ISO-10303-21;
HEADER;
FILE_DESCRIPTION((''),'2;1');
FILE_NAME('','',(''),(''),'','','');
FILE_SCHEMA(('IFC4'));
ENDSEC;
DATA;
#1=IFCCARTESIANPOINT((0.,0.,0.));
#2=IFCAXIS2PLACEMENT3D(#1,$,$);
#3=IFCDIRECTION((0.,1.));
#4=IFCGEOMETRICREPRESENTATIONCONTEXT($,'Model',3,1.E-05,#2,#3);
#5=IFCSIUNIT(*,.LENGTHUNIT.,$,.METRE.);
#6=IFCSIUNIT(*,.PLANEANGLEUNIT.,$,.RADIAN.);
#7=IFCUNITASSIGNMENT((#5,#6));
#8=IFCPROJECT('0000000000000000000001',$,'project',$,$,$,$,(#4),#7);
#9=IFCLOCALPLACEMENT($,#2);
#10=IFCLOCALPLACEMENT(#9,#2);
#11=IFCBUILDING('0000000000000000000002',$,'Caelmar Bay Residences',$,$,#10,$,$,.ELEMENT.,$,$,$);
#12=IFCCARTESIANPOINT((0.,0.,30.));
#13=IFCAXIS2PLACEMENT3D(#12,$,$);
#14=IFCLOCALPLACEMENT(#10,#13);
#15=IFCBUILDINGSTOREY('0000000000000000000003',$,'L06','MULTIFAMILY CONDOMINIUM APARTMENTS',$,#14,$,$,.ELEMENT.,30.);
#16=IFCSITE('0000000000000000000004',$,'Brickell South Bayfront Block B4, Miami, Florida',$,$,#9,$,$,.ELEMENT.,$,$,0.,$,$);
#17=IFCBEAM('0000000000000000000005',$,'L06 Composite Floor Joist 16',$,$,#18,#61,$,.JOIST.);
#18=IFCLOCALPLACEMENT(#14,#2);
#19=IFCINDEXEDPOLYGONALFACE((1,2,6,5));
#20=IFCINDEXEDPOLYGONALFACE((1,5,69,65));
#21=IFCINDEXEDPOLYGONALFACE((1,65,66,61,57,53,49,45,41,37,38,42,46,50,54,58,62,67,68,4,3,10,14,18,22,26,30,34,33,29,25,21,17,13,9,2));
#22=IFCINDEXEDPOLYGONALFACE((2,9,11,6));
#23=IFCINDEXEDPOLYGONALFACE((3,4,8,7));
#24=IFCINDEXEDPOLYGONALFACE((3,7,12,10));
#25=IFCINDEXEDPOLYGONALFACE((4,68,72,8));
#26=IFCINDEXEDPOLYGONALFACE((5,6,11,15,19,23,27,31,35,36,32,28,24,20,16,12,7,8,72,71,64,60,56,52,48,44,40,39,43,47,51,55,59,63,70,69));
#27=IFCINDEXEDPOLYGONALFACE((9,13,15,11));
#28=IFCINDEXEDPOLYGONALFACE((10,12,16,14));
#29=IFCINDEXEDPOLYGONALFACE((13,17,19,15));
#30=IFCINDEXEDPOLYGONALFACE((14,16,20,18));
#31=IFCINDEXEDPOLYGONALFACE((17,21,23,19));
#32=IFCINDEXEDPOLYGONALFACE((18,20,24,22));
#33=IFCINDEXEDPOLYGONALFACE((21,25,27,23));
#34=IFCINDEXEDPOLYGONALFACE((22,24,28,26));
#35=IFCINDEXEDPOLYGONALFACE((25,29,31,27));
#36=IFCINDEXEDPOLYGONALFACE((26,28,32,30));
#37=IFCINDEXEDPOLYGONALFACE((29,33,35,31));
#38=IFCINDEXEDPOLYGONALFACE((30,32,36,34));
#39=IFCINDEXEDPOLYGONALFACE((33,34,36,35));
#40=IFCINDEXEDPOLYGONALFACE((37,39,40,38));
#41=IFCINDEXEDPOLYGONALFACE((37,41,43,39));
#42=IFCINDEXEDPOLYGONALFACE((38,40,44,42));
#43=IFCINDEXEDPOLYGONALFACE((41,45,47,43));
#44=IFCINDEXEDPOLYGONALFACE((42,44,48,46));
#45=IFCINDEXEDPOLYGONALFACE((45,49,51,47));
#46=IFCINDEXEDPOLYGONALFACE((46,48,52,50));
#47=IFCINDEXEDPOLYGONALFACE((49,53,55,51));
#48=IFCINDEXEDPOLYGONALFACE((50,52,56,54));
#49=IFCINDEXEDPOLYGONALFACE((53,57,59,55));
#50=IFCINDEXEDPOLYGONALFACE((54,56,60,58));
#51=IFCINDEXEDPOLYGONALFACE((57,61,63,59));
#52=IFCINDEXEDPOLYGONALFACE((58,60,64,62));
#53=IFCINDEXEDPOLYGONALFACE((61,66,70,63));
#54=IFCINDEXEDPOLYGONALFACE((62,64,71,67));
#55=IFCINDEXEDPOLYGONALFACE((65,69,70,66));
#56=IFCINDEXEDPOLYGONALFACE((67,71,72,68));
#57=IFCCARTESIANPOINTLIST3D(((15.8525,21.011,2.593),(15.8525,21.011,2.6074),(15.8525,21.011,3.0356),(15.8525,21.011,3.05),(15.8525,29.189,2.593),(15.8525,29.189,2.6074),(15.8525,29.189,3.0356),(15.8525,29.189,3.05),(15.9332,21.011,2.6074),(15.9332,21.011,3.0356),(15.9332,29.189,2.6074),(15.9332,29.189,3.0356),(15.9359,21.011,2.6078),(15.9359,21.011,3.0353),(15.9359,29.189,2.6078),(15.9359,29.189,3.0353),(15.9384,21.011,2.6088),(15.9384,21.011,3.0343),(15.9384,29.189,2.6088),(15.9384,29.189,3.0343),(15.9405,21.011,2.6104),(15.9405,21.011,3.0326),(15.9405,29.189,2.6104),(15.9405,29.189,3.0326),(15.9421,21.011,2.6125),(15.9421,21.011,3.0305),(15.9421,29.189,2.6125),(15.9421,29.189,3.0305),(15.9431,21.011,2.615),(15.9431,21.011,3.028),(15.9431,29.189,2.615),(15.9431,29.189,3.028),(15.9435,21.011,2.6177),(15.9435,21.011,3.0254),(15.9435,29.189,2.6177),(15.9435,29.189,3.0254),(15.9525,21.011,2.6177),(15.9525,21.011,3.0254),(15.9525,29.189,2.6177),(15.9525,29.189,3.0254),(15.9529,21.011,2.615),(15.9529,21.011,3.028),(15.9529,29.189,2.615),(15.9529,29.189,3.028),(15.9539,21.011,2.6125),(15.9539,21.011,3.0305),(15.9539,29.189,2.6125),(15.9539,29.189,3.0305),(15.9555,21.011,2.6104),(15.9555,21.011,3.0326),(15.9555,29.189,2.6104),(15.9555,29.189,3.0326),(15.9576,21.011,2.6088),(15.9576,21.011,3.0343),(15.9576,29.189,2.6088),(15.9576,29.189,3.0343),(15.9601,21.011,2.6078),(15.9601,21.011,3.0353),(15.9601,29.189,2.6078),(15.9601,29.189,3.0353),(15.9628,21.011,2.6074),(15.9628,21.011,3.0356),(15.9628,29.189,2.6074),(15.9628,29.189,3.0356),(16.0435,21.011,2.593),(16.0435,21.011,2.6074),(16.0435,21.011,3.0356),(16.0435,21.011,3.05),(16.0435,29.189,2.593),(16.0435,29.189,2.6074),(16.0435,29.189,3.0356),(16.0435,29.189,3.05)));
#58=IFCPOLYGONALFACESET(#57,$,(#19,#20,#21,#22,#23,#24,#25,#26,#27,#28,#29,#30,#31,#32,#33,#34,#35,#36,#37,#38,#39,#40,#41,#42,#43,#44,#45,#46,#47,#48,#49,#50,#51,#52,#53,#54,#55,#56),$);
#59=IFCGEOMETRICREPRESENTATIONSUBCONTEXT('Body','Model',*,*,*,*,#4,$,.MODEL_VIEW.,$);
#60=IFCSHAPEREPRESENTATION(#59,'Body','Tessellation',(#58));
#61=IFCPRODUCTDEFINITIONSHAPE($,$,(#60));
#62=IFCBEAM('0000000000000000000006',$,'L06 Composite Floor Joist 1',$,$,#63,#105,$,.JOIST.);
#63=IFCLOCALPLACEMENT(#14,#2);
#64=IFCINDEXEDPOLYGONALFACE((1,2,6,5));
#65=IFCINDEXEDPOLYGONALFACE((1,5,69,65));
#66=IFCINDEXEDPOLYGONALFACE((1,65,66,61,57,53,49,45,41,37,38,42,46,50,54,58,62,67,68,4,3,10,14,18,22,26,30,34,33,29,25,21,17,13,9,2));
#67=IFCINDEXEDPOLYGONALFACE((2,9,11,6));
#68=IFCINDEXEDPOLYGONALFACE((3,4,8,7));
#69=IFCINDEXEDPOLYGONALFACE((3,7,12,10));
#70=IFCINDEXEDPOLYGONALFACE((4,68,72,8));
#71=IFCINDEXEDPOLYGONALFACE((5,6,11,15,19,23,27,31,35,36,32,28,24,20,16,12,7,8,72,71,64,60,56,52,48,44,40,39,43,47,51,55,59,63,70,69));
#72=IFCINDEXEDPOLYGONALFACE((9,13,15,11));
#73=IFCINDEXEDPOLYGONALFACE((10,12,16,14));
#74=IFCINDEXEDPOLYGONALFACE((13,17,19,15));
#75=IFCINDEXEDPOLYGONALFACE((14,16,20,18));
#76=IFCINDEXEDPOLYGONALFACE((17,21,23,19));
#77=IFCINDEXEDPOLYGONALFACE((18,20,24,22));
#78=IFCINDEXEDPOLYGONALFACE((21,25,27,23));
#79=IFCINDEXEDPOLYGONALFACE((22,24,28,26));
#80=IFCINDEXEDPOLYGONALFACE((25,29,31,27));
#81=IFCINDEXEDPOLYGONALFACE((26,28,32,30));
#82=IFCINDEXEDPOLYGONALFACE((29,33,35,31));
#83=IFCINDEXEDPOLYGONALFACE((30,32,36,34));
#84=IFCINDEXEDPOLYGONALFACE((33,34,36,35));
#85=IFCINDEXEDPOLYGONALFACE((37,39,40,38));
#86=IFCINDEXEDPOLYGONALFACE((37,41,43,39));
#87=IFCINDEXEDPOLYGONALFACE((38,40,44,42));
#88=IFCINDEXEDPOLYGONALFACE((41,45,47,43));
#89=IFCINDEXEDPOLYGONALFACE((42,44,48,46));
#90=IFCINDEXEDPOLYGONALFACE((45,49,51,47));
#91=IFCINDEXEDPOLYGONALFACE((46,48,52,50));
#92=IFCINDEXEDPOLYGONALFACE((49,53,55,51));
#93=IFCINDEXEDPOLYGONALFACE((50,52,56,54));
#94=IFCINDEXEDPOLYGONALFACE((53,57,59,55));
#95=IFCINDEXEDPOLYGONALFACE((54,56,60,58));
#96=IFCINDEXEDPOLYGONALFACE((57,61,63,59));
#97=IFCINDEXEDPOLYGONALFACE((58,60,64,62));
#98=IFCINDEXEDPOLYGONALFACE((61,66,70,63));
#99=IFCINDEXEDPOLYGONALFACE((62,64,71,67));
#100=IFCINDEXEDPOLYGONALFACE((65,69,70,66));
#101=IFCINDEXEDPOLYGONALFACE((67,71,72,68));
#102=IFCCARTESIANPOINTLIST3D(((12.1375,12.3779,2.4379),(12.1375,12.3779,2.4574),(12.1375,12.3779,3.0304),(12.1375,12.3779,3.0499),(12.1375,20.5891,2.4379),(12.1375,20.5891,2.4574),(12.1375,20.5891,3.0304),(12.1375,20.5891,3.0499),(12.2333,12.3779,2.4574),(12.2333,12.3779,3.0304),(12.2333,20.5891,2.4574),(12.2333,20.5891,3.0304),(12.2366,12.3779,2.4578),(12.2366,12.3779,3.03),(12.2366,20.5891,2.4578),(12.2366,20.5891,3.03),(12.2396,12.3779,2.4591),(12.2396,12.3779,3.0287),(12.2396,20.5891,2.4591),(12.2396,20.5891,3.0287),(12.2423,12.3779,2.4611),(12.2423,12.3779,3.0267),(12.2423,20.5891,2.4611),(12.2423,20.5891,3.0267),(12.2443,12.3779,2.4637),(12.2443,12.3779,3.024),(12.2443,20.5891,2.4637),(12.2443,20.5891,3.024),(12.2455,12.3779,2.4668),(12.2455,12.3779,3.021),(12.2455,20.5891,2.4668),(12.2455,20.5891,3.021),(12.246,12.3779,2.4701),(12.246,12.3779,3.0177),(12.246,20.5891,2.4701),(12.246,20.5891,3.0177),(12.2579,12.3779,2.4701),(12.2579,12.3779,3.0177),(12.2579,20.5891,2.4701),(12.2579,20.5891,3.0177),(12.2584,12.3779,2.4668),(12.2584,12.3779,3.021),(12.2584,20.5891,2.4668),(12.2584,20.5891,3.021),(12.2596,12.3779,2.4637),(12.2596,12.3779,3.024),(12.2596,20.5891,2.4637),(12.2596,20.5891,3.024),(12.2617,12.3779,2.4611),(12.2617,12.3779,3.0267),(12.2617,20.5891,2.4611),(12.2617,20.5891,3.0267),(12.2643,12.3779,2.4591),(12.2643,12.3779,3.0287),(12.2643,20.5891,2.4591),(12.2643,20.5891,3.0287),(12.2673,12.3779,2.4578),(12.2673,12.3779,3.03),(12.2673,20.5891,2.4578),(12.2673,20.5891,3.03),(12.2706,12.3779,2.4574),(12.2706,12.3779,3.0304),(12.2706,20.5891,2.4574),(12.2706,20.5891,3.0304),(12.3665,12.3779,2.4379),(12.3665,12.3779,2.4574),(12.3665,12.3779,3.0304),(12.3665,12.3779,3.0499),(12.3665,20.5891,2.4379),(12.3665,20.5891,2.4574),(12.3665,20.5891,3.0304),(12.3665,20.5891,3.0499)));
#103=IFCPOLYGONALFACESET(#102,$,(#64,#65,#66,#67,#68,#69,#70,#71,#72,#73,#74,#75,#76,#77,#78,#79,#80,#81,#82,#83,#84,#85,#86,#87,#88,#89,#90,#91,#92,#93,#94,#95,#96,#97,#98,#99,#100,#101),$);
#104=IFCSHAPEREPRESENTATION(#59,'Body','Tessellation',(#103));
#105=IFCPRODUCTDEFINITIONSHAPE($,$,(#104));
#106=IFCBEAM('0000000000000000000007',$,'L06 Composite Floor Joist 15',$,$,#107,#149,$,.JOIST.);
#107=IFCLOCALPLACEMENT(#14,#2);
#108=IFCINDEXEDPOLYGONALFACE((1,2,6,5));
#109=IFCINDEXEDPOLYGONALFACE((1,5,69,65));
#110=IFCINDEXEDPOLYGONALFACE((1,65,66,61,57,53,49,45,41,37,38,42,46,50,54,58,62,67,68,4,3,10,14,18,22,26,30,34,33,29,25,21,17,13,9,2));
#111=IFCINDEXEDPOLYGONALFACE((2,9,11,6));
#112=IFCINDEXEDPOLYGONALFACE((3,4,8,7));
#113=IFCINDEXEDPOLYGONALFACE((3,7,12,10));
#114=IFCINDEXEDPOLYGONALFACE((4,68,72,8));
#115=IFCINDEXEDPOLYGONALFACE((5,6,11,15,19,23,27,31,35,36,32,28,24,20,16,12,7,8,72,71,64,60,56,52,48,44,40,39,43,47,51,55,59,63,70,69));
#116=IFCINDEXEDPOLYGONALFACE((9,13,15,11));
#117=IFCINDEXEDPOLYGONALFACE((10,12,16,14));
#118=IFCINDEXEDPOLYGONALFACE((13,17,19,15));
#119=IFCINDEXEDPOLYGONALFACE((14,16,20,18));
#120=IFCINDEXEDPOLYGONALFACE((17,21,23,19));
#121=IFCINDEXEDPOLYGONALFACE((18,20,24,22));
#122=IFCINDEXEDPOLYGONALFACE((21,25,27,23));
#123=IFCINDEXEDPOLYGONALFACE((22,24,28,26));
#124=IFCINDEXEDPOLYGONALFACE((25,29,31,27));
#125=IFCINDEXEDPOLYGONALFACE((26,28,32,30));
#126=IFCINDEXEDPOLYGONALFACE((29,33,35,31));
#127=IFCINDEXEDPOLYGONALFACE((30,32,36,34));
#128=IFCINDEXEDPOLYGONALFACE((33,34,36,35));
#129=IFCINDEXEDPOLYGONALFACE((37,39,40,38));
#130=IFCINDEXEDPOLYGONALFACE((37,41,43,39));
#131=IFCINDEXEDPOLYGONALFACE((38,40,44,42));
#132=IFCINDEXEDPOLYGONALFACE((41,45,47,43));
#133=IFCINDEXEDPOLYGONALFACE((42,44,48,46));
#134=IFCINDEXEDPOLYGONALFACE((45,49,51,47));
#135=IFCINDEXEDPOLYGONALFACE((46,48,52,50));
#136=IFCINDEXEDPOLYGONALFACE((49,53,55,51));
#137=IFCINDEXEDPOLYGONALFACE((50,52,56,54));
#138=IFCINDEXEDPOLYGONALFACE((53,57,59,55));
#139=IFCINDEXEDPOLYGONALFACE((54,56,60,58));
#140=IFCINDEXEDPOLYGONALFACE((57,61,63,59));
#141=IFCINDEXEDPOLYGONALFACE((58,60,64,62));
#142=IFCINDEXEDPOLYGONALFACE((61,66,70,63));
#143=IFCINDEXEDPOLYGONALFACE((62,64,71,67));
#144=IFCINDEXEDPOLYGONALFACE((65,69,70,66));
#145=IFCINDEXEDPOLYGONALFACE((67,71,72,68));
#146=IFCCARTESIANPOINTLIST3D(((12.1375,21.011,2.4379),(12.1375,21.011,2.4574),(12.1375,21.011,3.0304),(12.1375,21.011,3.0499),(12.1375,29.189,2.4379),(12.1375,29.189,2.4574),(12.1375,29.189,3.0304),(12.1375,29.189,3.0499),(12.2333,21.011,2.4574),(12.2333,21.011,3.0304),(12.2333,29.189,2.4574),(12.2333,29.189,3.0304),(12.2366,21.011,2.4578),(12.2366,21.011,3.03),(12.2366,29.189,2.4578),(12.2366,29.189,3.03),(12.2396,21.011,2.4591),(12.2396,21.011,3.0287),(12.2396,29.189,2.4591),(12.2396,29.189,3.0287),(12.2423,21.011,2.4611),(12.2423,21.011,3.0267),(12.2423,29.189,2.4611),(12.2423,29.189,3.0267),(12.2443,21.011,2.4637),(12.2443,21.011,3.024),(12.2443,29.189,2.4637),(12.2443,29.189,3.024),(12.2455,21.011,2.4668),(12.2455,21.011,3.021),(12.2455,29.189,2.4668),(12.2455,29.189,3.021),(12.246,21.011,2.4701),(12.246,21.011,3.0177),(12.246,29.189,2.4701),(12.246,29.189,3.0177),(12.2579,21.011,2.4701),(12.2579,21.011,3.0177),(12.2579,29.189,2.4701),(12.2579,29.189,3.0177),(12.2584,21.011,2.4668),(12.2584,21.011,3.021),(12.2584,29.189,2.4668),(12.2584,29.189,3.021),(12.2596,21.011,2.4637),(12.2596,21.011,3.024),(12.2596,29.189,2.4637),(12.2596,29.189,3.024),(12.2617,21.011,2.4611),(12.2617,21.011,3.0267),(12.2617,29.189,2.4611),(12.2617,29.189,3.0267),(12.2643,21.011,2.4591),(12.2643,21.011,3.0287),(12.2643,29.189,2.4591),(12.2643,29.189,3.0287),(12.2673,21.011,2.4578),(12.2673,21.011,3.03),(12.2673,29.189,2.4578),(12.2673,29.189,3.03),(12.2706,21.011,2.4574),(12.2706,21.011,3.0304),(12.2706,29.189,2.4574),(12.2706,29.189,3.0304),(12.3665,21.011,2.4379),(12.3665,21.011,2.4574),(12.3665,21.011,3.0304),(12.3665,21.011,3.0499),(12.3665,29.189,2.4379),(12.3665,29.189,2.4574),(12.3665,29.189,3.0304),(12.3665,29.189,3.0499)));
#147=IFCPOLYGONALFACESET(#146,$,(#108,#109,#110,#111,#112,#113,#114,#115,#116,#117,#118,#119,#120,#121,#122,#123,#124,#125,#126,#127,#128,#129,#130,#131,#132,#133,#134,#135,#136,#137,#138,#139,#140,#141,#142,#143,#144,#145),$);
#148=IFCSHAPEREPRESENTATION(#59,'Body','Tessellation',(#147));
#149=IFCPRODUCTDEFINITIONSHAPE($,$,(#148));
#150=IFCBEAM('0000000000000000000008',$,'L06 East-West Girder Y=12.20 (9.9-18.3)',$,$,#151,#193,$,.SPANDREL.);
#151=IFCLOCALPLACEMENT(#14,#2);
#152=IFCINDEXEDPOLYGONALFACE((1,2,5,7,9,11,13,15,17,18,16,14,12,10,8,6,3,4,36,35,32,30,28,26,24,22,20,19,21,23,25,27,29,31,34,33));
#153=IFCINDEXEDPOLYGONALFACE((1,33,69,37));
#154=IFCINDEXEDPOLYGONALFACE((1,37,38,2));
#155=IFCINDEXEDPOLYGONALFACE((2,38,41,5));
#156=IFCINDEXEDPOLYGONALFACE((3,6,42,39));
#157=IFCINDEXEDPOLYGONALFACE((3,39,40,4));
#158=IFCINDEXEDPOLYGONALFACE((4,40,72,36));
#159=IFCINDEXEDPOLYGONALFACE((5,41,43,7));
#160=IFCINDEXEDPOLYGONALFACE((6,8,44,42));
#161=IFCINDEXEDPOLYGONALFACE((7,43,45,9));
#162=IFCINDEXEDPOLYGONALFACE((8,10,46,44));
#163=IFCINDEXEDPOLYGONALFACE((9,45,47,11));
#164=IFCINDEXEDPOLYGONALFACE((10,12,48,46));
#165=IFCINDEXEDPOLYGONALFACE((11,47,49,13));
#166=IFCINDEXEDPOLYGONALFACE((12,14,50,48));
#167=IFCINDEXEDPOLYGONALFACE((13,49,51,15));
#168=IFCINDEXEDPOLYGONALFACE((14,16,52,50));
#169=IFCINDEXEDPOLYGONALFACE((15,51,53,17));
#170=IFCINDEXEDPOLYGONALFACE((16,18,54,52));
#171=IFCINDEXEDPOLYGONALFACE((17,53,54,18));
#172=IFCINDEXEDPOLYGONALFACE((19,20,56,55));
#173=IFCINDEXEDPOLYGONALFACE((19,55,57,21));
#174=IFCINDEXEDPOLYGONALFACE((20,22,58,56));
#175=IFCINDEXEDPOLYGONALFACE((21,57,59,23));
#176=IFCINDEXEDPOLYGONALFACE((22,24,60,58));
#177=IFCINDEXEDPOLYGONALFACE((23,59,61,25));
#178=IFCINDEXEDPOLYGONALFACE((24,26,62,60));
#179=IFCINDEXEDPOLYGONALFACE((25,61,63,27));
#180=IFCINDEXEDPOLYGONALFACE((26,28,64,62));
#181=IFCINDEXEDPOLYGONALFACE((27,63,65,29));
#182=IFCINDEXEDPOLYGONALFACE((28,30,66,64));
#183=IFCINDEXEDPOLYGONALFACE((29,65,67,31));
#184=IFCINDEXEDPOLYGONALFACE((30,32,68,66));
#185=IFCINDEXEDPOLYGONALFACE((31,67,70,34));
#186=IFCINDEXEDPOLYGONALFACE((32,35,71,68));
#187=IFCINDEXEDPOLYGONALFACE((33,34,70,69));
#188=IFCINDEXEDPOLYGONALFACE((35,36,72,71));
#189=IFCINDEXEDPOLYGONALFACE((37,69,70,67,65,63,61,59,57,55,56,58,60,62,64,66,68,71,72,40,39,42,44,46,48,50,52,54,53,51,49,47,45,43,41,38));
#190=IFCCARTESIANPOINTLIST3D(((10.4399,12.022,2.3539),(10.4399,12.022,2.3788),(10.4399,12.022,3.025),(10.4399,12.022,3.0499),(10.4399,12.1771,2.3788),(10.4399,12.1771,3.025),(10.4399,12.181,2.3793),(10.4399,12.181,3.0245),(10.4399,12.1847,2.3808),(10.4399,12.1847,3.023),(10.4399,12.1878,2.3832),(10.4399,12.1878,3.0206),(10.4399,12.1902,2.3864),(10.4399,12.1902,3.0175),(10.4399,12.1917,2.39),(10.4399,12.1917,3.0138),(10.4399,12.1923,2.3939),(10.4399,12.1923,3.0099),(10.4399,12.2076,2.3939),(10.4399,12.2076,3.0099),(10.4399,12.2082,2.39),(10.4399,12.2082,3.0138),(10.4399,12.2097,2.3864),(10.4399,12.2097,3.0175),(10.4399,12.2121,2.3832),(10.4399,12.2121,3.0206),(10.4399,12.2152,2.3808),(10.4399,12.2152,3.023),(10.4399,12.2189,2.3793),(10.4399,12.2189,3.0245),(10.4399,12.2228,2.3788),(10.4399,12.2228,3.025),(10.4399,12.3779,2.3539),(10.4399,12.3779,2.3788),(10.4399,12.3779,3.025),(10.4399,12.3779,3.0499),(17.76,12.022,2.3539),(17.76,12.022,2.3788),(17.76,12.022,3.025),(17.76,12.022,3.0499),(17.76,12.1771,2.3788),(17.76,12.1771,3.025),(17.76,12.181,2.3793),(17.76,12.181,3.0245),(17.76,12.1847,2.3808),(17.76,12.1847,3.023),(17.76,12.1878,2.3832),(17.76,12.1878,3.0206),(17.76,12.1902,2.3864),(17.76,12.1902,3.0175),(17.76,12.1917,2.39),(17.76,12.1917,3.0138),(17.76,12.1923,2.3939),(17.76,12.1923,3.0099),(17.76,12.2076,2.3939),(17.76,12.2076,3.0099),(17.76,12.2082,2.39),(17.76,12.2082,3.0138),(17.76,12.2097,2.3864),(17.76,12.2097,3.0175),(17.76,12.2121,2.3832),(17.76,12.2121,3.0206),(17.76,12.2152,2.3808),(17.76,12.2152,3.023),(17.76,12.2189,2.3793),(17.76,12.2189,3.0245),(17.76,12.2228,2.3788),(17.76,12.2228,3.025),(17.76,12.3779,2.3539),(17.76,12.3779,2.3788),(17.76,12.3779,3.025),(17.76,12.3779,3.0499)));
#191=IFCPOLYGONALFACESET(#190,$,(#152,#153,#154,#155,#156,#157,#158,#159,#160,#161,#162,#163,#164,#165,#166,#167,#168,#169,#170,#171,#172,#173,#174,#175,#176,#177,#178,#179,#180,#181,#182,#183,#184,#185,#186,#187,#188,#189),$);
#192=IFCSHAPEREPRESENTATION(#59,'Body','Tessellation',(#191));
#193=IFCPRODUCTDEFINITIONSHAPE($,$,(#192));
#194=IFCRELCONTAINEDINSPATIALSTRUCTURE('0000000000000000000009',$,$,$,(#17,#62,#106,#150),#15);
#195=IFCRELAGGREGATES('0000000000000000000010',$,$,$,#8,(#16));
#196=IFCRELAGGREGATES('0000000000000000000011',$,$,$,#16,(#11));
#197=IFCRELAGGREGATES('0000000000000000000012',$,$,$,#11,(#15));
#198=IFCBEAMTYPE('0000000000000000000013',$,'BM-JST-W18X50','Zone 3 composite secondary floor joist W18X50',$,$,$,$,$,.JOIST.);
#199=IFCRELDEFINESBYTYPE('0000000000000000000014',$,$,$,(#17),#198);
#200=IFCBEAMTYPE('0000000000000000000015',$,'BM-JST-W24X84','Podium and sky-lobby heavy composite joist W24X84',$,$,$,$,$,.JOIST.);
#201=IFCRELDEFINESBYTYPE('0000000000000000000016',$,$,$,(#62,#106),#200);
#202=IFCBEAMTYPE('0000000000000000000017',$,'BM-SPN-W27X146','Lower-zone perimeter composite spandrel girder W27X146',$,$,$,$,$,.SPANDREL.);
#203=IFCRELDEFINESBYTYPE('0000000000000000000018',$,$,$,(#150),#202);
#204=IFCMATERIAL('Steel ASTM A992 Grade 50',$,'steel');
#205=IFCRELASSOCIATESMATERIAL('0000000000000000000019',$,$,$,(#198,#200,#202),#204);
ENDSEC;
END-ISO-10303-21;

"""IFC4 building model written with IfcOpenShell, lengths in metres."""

from ifc_helpers import new_model, si_unit, direction, frame, origin, origin_2d, place, context, subcontext, project, spatial, i_section, extrude, material, material_profile, profile_set, type_object, element, save


model = new_model("IFC4")

# Units and contexts
model_context = context("Model", 3, precision=1e-05, world=origin(), true_north=direction((0.0, 1.0)))
body_context = subcontext(model_context, "Body", "Model", "MODEL_VIEW")
ifc_project = project(units=[si_unit("LENGTHUNIT", "METRE"), si_unit("PLANEANGLEUNIT", "RADIAN")], contexts=[model_context])

# Site, building, storey
site_placement = place(None, origin())
site = spatial("IfcSite", under=ifc_project, at=site_placement, Name="Brickell South Bayfront Block B4, Miami, Florida", CompositionType="ELEMENT", RefElevation=0.0)
building_placement = place(site_placement, origin())
building = spatial("IfcBuilding", under=site, at=building_placement, Name="Caelmar Bay Residences", CompositionType="ELEMENT")
storey_placement = place(building_placement, frame((0.0, 0.0, 30.0)))
storey = spatial("IfcBuildingStorey", under=building, at=storey_placement, Name="L06", Description="MULTIFAMILY CONDOMINIUM APARTMENTS", CompositionType="ELEMENT", Elevation=30.0)

# Beams
ifc_material_1 = material(Name="Steel ASTM A992 Grade 50", Category="steel")
ifc_material_profile_1 = material_profile(ifc_material_1, i_section(OverallWidth=0.1909, OverallDepth=0.457, WebThickness=0.009, FlangeThickness=0.0144, FilletRadius=0.0103, at=origin_2d()), Name="W18X50")
ifc_profile_set_1 = profile_set([ifc_material_profile_1], Name="Steel ASTM A992 Grade 50")
beam_type_1 = type_object("IfcBeamType", Name="BM-JST-W18X50", Description="Zone 3 composite secondary floor joist W18X50", PredefinedType="JOIST", material=ifc_profile_set_1)
beam_1_placement = place(storey_placement, frame((15.948, 21.011, 2.8215), z_axis=(0.0, 1.0, 0.0), x_axis=(-1.0, 0.0, 0.0)))
element("IfcBeam", 1, at=beam_1_placement, inside=storey, type_object=beam_type_1, Name="L06 Composite Floor Joist 16", PredefinedType="JOIST", context=body_context, shape_type="SweptSolid", body=[
    extrude(i_section(OverallWidth=0.1909, OverallDepth=0.457, WebThickness=0.009, FlangeThickness=0.0144, FilletRadius=0.0103, at=origin_2d()), origin(), (0.0, 0.0, 1.0), 8.178),
])
ifc_material_profile_2 = material_profile(ifc_material_1, i_section(OverallWidth=0.229, OverallDepth=0.6121, WebThickness=0.012, FlangeThickness=0.0195, FilletRadius=0.0127, at=origin_2d()), Name="W24X84")
ifc_profile_set_2 = profile_set([ifc_material_profile_2], Name="Steel ASTM A992 Grade 50")
beam_type_2 = type_object("IfcBeamType", Name="BM-JST-W24X84", Description="Podium and sky-lobby heavy composite joist W24X84", PredefinedType="JOIST", material=ifc_profile_set_2)
beam_2_placement = place(storey_placement, frame((12.252, 12.3779, 2.7439), z_axis=(0.0, 1.0, 0.0), x_axis=(-1.0, 0.0, 0.0)))
element("IfcBeam", 2, at=beam_2_placement, inside=storey, type_object=beam_type_2, Name="L06 Composite Floor Joist 1", PredefinedType="JOIST", context=body_context, shape_type="SweptSolid", body=[
    extrude(i_section(OverallWidth=0.229, OverallDepth=0.6121, WebThickness=0.012, FlangeThickness=0.0195, FilletRadius=0.0127, at=origin_2d()), origin(), (0.0, 0.0, 1.0), 8.2112),
])
beam_3_placement = place(storey_placement, frame((12.252, 21.011, 2.7439), z_axis=(0.0, 1.0, 0.0), x_axis=(-1.0, 0.0, 0.0)))
element("IfcBeam", 3, at=beam_3_placement, inside=storey, type_object=beam_type_2, Name="L06 Composite Floor Joist 15", PredefinedType="JOIST", context=body_context, shape_type="SweptSolid", body=[
    extrude(i_section(OverallWidth=0.229, OverallDepth=0.6121, WebThickness=0.012, FlangeThickness=0.0195, FilletRadius=0.0127, at=origin_2d()), origin(), (0.0, 0.0, 1.0), 8.178),
])
ifc_material_profile_3 = material_profile(ifc_material_1, i_section(OverallWidth=0.356, OverallDepth=0.696, WebThickness=0.0154, FlangeThickness=0.0249, FilletRadius=0.0151, at=origin_2d()), Name="W27X146")
ifc_profile_set_3 = profile_set([ifc_material_profile_3], Name="Steel ASTM A992 Grade 50")
beam_type_3 = type_object("IfcBeamType", Name="BM-SPN-W27X146", Description="Lower-zone perimeter composite spandrel girder W27X146", PredefinedType="SPANDREL", material=ifc_profile_set_3)
beam_4_placement = place(storey_placement, frame((10.4399, 12.2, 2.7019), z_axis=(1.0, 0.0, 0.0), x_axis=(0.0, 1.0, 0.0)))
element("IfcBeam", 4, at=beam_4_placement, inside=storey, type_object=beam_type_3, Name="L06 East-West Girder Y=12.20 (9.9-18.3)", PredefinedType="SPANDREL", context=body_context, shape_type="SweptSolid", body=[
    extrude(i_section(OverallWidth=0.356, OverallDepth=0.696, WebThickness=0.0154, FlangeThickness=0.0249, FilletRadius=0.0151, at=origin_2d()), origin(), (0.0, 0.0, 1.0), 7.3201),
])

save(model, "model.ifc")
